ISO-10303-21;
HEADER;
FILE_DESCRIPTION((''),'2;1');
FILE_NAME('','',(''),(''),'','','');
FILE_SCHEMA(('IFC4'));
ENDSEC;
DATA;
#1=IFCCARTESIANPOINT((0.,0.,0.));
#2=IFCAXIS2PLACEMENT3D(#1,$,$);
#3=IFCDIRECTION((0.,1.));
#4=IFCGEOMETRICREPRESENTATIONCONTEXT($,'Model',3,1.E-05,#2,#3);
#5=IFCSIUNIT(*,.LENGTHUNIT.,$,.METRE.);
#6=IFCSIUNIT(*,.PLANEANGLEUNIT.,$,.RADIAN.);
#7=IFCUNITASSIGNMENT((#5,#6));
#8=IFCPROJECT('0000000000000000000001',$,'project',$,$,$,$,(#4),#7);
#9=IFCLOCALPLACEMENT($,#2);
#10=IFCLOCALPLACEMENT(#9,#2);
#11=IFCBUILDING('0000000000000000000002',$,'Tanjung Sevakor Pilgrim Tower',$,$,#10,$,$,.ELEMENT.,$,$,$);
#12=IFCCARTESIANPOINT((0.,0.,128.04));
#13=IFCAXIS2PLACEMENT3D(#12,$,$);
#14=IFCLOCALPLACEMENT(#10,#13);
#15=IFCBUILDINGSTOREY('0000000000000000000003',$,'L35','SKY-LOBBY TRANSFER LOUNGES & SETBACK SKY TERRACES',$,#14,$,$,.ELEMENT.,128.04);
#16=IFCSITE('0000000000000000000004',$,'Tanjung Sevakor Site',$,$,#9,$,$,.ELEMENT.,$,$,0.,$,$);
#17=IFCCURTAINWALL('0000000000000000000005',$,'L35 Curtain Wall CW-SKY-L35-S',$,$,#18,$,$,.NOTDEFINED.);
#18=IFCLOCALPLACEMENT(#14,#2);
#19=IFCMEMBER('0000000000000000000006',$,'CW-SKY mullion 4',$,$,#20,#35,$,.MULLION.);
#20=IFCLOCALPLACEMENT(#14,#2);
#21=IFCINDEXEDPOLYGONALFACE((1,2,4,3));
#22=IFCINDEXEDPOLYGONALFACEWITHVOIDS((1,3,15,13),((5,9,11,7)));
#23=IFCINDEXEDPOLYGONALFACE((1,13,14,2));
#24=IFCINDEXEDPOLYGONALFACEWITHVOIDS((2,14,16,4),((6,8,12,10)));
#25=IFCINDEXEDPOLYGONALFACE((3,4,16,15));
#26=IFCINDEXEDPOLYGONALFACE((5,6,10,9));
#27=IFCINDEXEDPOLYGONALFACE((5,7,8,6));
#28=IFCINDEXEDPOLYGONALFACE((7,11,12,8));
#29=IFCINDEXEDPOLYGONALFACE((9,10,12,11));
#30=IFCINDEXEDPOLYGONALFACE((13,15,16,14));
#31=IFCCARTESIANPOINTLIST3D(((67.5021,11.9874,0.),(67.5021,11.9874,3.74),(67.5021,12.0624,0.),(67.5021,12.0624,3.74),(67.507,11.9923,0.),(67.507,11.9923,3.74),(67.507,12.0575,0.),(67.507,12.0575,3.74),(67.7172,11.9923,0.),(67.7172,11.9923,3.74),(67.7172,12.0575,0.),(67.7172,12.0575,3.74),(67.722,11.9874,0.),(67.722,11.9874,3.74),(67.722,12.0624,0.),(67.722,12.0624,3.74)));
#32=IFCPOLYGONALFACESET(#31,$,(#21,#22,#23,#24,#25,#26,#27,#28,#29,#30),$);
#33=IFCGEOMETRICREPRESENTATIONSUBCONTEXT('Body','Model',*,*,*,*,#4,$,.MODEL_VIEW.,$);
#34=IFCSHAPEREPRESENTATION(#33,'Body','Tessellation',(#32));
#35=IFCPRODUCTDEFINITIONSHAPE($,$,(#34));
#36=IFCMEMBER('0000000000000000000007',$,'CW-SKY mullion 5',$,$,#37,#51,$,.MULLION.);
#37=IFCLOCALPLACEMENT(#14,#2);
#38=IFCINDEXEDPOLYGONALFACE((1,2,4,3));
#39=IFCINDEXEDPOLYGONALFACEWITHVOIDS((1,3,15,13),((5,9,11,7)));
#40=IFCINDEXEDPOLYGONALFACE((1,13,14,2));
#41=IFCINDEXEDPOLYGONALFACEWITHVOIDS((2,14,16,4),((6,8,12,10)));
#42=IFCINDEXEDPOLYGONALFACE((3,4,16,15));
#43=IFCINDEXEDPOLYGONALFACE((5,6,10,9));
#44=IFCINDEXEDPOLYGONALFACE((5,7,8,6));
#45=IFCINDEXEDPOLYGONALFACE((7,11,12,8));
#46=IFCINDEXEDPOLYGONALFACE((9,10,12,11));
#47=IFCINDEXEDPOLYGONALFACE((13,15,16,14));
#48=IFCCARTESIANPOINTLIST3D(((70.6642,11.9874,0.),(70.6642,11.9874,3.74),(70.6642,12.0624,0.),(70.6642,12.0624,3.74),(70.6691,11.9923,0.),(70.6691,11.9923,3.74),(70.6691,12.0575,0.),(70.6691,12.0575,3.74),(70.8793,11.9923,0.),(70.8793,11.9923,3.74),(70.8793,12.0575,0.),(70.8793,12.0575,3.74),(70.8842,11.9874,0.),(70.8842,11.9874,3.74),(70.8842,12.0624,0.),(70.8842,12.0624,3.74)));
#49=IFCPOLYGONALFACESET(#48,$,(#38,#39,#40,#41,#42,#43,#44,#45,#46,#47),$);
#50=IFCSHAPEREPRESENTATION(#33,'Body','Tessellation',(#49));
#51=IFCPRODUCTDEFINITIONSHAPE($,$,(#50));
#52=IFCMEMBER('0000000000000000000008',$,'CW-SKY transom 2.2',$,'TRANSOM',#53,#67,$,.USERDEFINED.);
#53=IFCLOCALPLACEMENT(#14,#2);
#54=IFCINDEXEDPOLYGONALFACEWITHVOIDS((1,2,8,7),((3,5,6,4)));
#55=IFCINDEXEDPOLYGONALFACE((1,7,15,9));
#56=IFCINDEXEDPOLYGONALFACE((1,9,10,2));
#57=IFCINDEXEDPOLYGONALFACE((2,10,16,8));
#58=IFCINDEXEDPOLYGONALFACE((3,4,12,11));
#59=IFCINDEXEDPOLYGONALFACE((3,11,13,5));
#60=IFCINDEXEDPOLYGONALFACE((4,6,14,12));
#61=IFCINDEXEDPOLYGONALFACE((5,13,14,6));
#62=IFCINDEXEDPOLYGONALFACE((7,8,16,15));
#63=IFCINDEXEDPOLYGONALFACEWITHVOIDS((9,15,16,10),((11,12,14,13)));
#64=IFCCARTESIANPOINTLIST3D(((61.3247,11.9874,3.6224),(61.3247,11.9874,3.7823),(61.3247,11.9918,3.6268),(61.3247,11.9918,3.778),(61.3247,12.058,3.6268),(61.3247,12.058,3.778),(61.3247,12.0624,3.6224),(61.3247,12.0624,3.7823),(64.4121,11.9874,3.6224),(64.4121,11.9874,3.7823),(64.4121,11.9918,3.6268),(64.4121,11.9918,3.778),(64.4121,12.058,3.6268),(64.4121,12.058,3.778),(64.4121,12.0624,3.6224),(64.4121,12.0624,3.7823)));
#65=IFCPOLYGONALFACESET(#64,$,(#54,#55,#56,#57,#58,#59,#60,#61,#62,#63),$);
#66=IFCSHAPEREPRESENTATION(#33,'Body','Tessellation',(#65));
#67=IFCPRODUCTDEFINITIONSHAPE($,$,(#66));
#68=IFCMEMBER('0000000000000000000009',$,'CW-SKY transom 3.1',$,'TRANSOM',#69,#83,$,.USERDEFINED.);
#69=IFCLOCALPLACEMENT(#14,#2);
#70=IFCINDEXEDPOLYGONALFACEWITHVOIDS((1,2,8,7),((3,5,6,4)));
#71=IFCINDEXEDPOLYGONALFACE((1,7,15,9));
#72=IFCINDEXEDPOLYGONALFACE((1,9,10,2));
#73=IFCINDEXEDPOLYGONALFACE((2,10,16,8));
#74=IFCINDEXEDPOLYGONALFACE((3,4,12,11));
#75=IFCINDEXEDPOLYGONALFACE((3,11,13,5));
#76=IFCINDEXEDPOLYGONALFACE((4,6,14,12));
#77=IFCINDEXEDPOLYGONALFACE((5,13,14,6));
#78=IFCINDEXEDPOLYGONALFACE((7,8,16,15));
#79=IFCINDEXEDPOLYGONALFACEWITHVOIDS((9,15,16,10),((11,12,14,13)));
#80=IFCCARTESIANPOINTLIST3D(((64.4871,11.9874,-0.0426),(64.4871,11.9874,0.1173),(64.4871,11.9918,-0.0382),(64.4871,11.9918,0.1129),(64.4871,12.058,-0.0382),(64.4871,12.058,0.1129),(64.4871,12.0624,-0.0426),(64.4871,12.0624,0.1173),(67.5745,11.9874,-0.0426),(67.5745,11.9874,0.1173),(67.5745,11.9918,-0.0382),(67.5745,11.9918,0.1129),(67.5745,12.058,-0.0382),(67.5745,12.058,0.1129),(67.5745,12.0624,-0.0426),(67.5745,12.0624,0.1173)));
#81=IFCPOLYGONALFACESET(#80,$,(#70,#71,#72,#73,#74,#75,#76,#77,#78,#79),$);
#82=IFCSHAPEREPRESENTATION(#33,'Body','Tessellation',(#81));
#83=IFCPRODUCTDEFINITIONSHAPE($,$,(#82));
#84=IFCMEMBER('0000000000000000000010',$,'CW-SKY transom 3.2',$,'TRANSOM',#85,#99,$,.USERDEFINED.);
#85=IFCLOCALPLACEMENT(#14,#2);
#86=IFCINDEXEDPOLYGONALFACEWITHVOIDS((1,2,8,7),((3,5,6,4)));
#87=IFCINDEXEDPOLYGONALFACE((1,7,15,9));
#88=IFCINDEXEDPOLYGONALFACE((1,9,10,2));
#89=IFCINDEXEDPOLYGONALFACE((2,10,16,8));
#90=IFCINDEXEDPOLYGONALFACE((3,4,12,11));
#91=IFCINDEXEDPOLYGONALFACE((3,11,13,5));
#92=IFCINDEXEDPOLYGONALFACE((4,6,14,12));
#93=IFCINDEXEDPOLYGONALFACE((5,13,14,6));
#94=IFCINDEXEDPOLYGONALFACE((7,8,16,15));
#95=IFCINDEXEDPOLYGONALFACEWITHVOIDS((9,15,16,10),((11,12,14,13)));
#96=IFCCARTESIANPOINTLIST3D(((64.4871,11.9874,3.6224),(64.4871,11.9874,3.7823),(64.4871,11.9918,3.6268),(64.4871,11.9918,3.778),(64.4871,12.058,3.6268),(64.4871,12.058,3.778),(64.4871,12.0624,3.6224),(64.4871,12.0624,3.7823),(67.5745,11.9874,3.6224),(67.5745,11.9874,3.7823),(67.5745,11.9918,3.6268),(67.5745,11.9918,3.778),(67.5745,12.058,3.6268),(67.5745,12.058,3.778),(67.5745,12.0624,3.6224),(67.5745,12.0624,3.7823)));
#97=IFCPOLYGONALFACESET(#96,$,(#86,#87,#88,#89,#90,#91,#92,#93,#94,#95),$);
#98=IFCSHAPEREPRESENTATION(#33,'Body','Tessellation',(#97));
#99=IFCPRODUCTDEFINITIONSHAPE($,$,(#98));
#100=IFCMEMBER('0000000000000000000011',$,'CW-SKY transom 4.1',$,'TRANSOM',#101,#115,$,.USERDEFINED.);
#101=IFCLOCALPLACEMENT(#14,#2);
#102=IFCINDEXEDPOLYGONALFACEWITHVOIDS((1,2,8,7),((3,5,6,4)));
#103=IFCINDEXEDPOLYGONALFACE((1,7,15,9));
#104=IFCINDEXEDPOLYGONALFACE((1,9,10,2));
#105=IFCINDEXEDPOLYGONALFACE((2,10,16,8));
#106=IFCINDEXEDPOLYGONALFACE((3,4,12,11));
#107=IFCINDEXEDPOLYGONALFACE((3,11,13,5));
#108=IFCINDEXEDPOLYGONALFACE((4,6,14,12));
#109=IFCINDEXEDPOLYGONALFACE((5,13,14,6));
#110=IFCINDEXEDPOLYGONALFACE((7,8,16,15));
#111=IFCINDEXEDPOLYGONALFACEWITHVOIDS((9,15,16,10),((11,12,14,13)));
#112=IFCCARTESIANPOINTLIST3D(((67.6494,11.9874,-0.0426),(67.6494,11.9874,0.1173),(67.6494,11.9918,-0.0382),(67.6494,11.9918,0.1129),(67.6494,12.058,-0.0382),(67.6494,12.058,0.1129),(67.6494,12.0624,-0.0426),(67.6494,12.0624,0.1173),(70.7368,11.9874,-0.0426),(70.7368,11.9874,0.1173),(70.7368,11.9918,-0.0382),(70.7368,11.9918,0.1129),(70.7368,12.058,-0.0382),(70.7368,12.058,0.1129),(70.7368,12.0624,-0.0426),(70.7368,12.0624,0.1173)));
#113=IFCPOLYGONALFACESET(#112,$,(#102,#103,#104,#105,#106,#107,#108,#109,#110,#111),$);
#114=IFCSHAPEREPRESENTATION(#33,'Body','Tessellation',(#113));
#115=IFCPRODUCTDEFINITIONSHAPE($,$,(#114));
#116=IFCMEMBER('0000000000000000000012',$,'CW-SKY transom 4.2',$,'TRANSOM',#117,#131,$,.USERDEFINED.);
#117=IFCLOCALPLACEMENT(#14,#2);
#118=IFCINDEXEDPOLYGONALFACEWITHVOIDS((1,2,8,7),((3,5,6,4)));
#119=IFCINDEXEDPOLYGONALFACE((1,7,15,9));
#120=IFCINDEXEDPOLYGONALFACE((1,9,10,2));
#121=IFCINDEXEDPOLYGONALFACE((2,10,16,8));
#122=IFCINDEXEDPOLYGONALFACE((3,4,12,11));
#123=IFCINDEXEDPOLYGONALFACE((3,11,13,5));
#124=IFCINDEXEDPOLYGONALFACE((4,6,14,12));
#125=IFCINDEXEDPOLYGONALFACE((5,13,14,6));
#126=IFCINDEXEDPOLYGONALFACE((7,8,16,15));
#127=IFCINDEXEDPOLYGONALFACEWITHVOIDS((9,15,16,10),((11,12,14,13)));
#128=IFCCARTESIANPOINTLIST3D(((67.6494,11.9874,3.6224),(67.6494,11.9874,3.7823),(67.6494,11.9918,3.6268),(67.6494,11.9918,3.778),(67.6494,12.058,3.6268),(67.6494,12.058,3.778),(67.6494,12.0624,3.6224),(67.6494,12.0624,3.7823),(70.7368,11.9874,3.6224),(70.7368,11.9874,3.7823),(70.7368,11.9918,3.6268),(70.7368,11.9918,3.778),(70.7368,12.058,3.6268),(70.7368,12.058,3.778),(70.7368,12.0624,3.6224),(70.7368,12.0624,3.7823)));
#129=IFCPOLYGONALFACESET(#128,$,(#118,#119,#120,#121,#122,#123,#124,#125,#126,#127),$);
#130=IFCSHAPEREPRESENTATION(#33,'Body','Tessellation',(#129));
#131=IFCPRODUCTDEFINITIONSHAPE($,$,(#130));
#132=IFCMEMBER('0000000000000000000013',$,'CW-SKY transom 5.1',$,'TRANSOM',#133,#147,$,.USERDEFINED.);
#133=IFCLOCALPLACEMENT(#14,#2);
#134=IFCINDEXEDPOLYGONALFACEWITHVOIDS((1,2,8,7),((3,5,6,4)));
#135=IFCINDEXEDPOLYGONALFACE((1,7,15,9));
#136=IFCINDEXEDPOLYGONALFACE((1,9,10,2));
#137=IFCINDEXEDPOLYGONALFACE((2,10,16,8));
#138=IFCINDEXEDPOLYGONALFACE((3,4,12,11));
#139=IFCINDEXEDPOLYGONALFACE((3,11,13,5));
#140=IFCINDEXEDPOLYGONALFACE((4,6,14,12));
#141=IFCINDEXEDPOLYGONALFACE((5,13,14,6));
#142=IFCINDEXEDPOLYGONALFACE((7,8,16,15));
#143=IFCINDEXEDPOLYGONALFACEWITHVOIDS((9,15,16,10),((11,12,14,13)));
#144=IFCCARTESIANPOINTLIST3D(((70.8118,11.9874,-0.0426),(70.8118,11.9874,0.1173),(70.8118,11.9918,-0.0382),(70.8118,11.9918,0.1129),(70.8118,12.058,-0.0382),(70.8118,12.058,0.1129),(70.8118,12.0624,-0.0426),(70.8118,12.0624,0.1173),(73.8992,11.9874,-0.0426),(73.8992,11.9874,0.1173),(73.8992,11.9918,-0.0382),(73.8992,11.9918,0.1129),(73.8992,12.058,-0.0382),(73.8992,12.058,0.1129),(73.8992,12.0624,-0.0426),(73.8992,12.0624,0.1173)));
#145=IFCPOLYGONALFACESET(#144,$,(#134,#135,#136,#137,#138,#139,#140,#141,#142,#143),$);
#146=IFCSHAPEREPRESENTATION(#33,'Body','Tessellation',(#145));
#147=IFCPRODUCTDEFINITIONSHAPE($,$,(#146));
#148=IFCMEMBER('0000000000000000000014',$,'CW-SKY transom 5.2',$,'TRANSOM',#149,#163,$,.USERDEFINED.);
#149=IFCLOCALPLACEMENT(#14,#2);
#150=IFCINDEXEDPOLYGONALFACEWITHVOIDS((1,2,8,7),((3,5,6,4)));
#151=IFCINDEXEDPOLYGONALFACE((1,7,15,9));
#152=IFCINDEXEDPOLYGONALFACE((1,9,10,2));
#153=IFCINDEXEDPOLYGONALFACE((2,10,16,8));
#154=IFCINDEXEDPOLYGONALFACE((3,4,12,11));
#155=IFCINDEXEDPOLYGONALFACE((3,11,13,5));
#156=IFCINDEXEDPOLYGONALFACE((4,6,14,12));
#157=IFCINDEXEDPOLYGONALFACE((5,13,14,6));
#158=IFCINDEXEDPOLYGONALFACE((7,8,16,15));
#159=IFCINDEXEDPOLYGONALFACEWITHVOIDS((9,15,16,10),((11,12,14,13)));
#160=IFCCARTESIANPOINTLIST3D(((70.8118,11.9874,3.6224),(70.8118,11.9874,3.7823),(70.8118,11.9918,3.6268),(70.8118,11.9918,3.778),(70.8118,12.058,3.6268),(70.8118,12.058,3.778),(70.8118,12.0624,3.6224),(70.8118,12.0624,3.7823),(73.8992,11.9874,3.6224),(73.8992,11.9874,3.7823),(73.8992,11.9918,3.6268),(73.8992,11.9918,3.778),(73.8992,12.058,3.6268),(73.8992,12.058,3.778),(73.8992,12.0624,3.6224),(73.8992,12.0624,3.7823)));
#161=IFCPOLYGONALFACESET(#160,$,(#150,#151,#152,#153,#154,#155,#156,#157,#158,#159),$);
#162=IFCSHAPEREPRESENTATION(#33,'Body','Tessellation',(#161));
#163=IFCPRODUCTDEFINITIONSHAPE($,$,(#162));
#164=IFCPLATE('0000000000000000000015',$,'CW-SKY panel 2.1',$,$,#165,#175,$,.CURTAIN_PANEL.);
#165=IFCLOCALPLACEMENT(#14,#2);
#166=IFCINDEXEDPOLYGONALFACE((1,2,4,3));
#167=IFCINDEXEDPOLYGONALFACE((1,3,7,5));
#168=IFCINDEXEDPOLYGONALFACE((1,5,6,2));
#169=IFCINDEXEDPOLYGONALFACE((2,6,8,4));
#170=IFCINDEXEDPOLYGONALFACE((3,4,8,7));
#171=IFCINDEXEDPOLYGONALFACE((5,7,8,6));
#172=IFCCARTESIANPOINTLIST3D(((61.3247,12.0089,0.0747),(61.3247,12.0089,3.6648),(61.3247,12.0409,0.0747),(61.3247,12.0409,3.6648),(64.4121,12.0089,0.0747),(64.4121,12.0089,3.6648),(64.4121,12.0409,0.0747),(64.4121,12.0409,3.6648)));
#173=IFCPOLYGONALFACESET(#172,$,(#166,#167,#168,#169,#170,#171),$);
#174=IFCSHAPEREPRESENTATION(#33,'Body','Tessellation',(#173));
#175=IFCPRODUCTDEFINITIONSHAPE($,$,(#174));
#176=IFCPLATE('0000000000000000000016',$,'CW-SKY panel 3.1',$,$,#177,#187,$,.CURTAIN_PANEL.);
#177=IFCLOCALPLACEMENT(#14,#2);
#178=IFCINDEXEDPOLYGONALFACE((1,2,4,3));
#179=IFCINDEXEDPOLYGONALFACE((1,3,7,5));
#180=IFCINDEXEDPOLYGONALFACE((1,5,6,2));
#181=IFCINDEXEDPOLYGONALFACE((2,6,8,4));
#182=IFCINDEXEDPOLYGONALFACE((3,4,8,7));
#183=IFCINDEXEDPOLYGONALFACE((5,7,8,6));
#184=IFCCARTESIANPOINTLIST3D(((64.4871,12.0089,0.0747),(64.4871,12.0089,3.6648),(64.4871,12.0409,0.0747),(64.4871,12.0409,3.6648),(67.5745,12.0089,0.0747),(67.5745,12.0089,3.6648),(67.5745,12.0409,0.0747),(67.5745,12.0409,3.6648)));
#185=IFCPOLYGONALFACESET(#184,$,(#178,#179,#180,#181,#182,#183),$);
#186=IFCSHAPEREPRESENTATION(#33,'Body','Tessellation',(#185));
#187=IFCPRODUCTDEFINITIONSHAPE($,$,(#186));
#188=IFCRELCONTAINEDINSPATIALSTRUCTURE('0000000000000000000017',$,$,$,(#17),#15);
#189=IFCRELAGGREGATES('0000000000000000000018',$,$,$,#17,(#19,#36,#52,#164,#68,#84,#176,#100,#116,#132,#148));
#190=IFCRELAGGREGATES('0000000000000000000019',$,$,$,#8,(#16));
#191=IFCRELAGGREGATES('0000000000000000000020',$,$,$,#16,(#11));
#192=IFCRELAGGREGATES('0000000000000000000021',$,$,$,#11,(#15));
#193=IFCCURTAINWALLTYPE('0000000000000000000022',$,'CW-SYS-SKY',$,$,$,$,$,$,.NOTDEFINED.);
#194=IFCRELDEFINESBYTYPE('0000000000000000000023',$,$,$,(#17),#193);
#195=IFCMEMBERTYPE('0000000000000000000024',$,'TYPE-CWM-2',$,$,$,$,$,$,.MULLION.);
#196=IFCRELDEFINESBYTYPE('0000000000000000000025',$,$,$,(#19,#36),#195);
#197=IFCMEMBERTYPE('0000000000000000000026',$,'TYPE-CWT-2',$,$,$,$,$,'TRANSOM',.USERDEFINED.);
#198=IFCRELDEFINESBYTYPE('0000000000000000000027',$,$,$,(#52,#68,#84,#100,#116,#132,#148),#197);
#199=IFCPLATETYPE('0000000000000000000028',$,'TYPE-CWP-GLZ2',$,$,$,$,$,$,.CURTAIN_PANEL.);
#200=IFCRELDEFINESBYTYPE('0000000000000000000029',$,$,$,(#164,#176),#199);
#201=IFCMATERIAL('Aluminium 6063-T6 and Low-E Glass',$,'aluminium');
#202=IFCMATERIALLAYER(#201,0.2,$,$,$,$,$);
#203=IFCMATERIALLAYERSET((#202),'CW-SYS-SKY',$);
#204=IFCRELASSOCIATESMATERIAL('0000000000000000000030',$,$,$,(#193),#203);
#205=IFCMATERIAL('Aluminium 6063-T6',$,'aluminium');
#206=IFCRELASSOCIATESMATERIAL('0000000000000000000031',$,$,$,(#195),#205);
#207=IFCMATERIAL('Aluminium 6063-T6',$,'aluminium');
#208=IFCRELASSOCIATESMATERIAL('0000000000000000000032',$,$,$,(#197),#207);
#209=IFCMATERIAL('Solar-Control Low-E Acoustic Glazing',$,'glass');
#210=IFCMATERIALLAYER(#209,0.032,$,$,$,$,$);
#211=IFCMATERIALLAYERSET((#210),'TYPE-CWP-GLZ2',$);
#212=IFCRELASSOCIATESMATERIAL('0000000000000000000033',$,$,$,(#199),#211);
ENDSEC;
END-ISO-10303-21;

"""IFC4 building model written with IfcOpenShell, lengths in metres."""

from ifc_helpers import new_model, si_unit, direction, frame, origin, origin_2d, place, context, subcontext, project, spatial, rectangle, hollow_rectangle, extrude, material, layer, layer_set, material_profile, profile_set, type_object, element, aggregate, save


model = new_model("IFC4")

# Units and contexts
model_context = context("Model", 3, precision=1e-05, world=origin(), true_north=direction((0.0, 1.0)))
body_context = subcontext(model_context, "Body", "Model", "MODEL_VIEW")
ifc_project = project(units=[si_unit("LENGTHUNIT", "METRE"), si_unit("PLANEANGLEUNIT", "RADIAN")], contexts=[model_context])

# Site, building, storey
site_placement = place(None, origin())
site = spatial("IfcSite", under=ifc_project, at=site_placement, Name="Tanjung Sevakor Site", CompositionType="ELEMENT", RefElevation=0.0)
building_placement = place(site_placement, origin())
building = spatial("IfcBuilding", under=site, at=building_placement, Name="Tanjung Sevakor Pilgrim Tower", CompositionType="ELEMENT")
storey_placement = place(building_placement, frame((0.0, 0.0, 128.04)))
storey = spatial("IfcBuildingStorey", under=building, at=storey_placement, Name="L35", Description="SKY-LOBBY TRANSFER LOUNGES & SETBACK SKY TERRACES", CompositionType="ELEMENT", Elevation=128.04)

# Curtain wall, members, plates
ifc_material_1 = material(Name="Aluminium 6063-T6 and Low-E Glass", Category="aluminium")
ifc_layer_1 = layer(ifc_material_1, 0.2)
ifc_layer_set_1 = layer_set([ifc_layer_1], Name="CW-SYS-SKY")
curtain_wall_type = type_object("IfcCurtainWallType", Name="CW-SYS-SKY", PredefinedType="NOTDEFINED", material=ifc_layer_set_1)
curtain_wall_placement = place(storey_placement, origin())
curtain_wall = element("IfcCurtainWall", 1, at=curtain_wall_placement, inside=storey, type_object=curtain_wall_type, Name="L35 Curtain Wall CW-SKY-L35-S", PredefinedType="NOTDEFINED")
ifc_material_2 = material(Name="Aluminium 6063-T6", Category="aluminium")
ifc_material_profile_1 = material_profile(ifc_material_2, hollow_rectangle(XDim=0.075, YDim=0.22, WallThickness=0.0049, at=origin_2d()))
ifc_profile_set_1 = profile_set([ifc_material_profile_1], Name="Aluminium 6063-T6")
member_type_1 = type_object("IfcMemberType", Name="TYPE-CWM-2", PredefinedType="MULLION", material=ifc_profile_set_1)
member_1_placement = place(storey_placement, frame((67.6121, 12.0249, 0.0), z_axis=(0.0, 0.0, 1.0), x_axis=(0.0, 1.0, 0.0)))
member_1 = element("IfcMember", 2, at=member_1_placement, type_object=member_type_1, Name="CW-SKY mullion 4", PredefinedType="MULLION", context=body_context, shape_type="SweptSolid", body=[
    extrude(hollow_rectangle(XDim=0.075, YDim=0.22, WallThickness=0.0049, at=origin_2d()), origin(), (0.0, 0.0, 1.0), 3.74),
])
member_2_placement = place(storey_placement, frame((70.7742, 12.0249, 0.0), z_axis=(0.0, 0.0, 1.0), x_axis=(0.0, 1.0, 0.0)))
member_2 = element("IfcMember", 3, at=member_2_placement, type_object=member_type_1, Name="CW-SKY mullion 5", PredefinedType="MULLION", context=body_context, shape_type="SweptSolid", body=[
    extrude(hollow_rectangle(XDim=0.075, YDim=0.22, WallThickness=0.0049, at=origin_2d()), origin(), (0.0, 0.0, 1.0), 3.74),
])
ifc_material_3 = material(Name="Aluminium 6063-T6", Category="aluminium")
ifc_material_profile_2 = material_profile(ifc_material_3, hollow_rectangle(XDim=0.075, YDim=0.1599, WallThickness=0.0044, at=origin_2d()))
ifc_profile_set_2 = profile_set([ifc_material_profile_2], Name="Aluminium 6063-T6")
member_type_2 = type_object("IfcMemberType", Name="TYPE-CWT-2", ElementType="TRANSOM", PredefinedType="USERDEFINED", material=ifc_profile_set_2)
member_3_placement = place(storey_placement, frame((61.3247, 12.0249, 3.7024), z_axis=(1.0, 0.0, 0.0), x_axis=(0.0, 1.0, 0.0)))
member_3 = element("IfcMember", 4, at=member_3_placement, type_object=member_type_2, Name="CW-SKY transom 2.2", ObjectType="TRANSOM", PredefinedType="USERDEFINED", context=body_context, shape_type="SweptSolid", body=[
    extrude(hollow_rectangle(XDim=0.075, YDim=0.1599, WallThickness=0.0044, at=origin_2d()), origin(), (0.0, 0.0, 1.0), 3.0874),
])
member_4_placement = place(storey_placement, frame((64.4871, 12.0249, 0.0374), z_axis=(1.0, 0.0, 0.0), x_axis=(0.0, 1.0, 0.0)))
member_4 = element("IfcMember", 5, at=member_4_placement, type_object=member_type_2, Name="CW-SKY transom 3.1", ObjectType="TRANSOM", PredefinedType="USERDEFINED", context=body_context, shape_type="SweptSolid", body=[
    extrude(hollow_rectangle(XDim=0.075, YDim=0.1599, WallThickness=0.0044, at=origin_2d()), origin(), (0.0, 0.0, 1.0), 3.0874),
])
member_5_placement = place(storey_placement, frame((64.4871, 12.0249, 3.7024), z_axis=(1.0, 0.0, 0.0), x_axis=(0.0, 1.0, 0.0)))
member_5 = element("IfcMember", 6, at=member_5_placement, type_object=member_type_2, Name="CW-SKY transom 3.2", ObjectType="TRANSOM", PredefinedType="USERDEFINED", context=body_context, shape_type="SweptSolid", body=[
    extrude(hollow_rectangle(XDim=0.075, YDim=0.1599, WallThickness=0.0044, at=origin_2d()), origin(), (0.0, 0.0, 1.0), 3.0874),
])
member_6_placement = place(storey_placement, frame((67.6494, 12.0249, 0.0374), z_axis=(1.0, 0.0, 0.0), x_axis=(0.0, 1.0, 0.0)))
member_6 = element("IfcMember", 7, at=member_6_placement, type_object=member_type_2, Name="CW-SKY transom 4.1", ObjectType="TRANSOM", PredefinedType="USERDEFINED", context=body_context, shape_type="SweptSolid", body=[
    extrude(hollow_rectangle(XDim=0.075, YDim=0.1599, WallThickness=0.0044, at=origin_2d()), origin(), (0.0, 0.0, 1.0), 3.0874),
])
member_7_placement = place(storey_placement, frame((67.6494, 12.0249, 3.7024), z_axis=(1.0, 0.0, 0.0), x_axis=(0.0, 1.0, 0.0)))
member_7 = element("IfcMember", 8, at=member_7_placement, type_object=member_type_2, Name="CW-SKY transom 4.2", ObjectType="TRANSOM", PredefinedType="USERDEFINED", context=body_context, shape_type="SweptSolid", body=[
    extrude(hollow_rectangle(XDim=0.075, YDim=0.1599, WallThickness=0.0044, at=origin_2d()), origin(), (0.0, 0.0, 1.0), 3.0874),
])
member_8_placement = place(storey_placement, frame((70.8118, 12.0249, 0.0374), z_axis=(1.0, 0.0, 0.0), x_axis=(0.0, 1.0, 0.0)))
member_8 = element("IfcMember", 9, at=member_8_placement, type_object=member_type_2, Name="CW-SKY transom 5.1", ObjectType="TRANSOM", PredefinedType="USERDEFINED", context=body_context, shape_type="SweptSolid", body=[
    extrude(hollow_rectangle(XDim=0.075, YDim=0.1599, WallThickness=0.0044, at=origin_2d()), origin(), (0.0, 0.0, 1.0), 3.0874),
])
member_9_placement = place(storey_placement, frame((70.8118, 12.0249, 3.7024), z_axis=(1.0, 0.0, 0.0), x_axis=(0.0, 1.0, 0.0)))
member_9 = element("IfcMember", 10, at=member_9_placement, type_object=member_type_2, Name="CW-SKY transom 5.2", ObjectType="TRANSOM", PredefinedType="USERDEFINED", context=body_context, shape_type="SweptSolid", body=[
    extrude(hollow_rectangle(XDim=0.075, YDim=0.1599, WallThickness=0.0044, at=origin_2d()), origin(), (0.0, 0.0, 1.0), 3.0874),
])
ifc_material_4 = material(Name="Solar-Control Low-E Acoustic Glazing", Category="glass")
ifc_layer_2 = layer(ifc_material_4, 0.032)
ifc_layer_set_2 = layer_set([ifc_layer_2], Name="TYPE-CWP-GLZ2")
plate_type = type_object("IfcPlateType", Name="TYPE-CWP-GLZ2", PredefinedType="CURTAIN_PANEL", material=ifc_layer_set_2)
plate_1_placement = place(storey_placement, frame((62.8684, 12.0249, 0.0747), z_axis=(0.0, 0.0, 1.0), x_axis=(1.0, 0.0, 0.0)))
plate_1 = element("IfcPlate", 11, at=plate_1_placement, type_object=plate_type, Name="CW-SKY panel 2.1", PredefinedType="CURTAIN_PANEL", context=body_context, shape_type="SweptSolid", body=[
    extrude(rectangle(XDim=3.0874, YDim=0.032, at=origin_2d()), origin(), (0.0, 0.0, 1.0), 3.5901),
])
plate_2_placement = place(storey_placement, frame((66.0308, 12.0249, 0.0747), z_axis=(0.0, 0.0, 1.0), x_axis=(1.0, 0.0, 0.0)))
plate_2 = element("IfcPlate", 12, at=plate_2_placement, type_object=plate_type, Name="CW-SKY panel 3.1", PredefinedType="CURTAIN_PANEL", context=body_context, shape_type="SweptSolid", body=[
    extrude(rectangle(XDim=3.0874, YDim=0.032, at=origin_2d()), origin(), (0.0, 0.0, 1.0), 3.5901),
])
aggregate(curtain_wall, [member_1, member_2, member_3, plate_1, member_4, member_5, plate_2, member_6, member_7, member_8, member_9])

save(model, "model.ifc")
